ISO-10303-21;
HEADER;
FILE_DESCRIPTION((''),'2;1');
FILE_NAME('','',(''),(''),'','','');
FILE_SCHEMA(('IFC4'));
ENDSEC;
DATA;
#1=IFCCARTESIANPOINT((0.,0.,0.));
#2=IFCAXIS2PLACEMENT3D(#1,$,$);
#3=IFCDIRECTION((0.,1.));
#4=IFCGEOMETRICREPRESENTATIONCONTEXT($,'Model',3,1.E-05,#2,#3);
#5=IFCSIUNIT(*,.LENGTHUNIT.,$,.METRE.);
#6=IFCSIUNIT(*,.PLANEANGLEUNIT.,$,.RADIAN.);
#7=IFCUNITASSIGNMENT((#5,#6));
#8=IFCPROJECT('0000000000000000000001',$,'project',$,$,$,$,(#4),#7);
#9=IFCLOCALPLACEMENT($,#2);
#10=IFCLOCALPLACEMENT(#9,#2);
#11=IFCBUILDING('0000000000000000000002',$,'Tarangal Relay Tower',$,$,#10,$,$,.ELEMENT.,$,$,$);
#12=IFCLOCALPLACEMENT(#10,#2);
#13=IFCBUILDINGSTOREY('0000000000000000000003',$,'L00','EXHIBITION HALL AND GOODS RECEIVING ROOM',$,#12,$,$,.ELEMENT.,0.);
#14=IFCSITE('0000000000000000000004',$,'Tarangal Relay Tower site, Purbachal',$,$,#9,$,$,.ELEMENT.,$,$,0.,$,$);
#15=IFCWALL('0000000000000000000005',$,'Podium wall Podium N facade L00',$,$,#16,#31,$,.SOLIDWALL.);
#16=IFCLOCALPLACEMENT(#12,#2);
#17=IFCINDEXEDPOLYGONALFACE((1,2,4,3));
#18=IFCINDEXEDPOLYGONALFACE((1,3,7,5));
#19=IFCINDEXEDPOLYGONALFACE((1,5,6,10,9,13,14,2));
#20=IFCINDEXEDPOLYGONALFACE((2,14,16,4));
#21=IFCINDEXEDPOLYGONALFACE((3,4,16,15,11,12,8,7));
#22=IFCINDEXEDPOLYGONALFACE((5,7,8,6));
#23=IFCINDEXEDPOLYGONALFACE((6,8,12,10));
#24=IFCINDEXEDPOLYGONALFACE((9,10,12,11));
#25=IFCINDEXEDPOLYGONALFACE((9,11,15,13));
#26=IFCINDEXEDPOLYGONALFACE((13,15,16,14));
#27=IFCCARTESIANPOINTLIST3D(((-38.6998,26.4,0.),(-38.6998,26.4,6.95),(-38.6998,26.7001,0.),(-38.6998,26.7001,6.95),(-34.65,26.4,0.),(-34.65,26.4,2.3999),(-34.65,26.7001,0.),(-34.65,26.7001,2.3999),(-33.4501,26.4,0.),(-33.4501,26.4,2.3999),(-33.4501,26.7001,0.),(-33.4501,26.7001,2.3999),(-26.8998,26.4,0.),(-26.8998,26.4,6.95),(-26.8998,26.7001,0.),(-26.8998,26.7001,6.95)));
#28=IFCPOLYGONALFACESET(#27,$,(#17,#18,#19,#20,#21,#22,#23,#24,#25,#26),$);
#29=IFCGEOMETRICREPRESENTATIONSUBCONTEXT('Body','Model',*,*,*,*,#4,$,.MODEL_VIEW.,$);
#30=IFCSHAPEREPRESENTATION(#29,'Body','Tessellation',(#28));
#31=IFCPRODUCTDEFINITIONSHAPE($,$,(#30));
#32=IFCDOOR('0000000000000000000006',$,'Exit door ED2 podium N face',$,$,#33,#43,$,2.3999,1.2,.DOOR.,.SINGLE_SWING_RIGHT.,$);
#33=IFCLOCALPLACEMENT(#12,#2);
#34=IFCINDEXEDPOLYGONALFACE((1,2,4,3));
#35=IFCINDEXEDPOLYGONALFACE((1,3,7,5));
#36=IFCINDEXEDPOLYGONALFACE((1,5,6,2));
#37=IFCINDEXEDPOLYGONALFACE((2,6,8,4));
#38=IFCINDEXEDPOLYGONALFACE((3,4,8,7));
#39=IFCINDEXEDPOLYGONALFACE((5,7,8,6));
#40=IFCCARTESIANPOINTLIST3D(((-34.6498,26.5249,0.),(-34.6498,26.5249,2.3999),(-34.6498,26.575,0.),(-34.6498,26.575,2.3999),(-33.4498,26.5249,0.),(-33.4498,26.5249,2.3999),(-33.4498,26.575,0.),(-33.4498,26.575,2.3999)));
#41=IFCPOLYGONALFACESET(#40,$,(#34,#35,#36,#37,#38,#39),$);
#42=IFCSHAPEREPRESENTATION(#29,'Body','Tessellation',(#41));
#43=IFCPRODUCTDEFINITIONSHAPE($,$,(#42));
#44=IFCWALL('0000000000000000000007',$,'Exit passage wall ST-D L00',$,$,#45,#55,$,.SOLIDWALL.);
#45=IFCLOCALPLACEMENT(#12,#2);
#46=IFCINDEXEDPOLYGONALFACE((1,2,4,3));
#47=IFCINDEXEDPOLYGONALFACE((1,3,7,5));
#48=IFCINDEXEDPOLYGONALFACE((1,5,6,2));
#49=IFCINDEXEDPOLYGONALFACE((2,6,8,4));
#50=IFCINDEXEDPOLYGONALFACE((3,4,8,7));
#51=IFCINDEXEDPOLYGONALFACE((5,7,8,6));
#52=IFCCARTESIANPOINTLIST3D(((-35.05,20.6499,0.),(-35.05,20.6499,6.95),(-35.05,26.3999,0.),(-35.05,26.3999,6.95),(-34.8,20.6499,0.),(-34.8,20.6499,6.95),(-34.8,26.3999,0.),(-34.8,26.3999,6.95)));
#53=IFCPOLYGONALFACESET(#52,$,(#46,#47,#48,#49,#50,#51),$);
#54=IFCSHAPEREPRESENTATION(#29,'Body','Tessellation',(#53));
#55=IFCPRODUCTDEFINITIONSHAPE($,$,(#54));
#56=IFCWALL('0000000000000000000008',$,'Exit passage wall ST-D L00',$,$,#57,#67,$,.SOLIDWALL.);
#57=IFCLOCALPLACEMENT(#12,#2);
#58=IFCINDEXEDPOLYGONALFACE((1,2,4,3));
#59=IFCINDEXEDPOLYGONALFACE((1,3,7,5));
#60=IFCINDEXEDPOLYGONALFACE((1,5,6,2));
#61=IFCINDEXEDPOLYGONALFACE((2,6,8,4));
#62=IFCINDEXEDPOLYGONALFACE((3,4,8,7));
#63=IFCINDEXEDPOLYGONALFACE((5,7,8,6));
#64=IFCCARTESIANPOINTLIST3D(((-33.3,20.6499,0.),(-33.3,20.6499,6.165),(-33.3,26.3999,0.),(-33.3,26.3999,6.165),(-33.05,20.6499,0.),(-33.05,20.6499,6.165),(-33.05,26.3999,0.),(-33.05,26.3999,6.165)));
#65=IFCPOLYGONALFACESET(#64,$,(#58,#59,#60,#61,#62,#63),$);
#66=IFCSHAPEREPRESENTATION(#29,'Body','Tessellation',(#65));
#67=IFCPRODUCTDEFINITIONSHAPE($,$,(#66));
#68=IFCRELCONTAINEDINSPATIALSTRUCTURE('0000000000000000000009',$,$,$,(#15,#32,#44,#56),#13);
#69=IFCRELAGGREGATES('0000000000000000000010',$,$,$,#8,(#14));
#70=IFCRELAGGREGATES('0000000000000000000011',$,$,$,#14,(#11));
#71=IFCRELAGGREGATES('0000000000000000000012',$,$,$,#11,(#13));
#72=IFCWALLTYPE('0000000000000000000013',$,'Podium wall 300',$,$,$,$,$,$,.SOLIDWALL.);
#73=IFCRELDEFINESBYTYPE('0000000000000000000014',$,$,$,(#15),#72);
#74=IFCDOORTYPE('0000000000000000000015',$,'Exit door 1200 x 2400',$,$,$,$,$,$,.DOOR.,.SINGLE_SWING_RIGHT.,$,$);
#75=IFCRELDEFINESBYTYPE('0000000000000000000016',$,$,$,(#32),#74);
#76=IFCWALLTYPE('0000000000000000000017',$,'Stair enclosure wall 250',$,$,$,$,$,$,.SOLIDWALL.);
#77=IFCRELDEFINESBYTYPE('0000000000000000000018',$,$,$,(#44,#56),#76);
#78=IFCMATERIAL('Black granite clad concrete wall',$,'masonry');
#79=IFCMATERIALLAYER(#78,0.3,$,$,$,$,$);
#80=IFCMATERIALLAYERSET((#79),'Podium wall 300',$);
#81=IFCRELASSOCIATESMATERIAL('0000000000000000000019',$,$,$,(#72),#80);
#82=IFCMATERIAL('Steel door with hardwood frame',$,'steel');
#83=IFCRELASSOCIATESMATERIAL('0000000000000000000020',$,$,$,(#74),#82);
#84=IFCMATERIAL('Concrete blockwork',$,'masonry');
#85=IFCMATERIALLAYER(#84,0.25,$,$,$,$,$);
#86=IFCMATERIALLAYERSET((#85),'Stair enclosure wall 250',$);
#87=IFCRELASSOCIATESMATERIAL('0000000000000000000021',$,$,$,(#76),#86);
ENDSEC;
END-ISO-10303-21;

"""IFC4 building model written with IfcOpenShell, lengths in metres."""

from ifc_helpers import new_model, si_unit, direction, frame, frame_2d, origin, place, context, subcontext, project, spatial, rectangle, extrude, material, layer, layer_set, type_object, element, fill, save


model = new_model("IFC4")

# Units and contexts
model_context = context("Model", 3, precision=1e-05, world=origin(), true_north=direction((0.0, 1.0)))
body_context = subcontext(model_context, "Body", "Model", "MODEL_VIEW")
ifc_project = project(units=[si_unit("LENGTHUNIT", "METRE"), si_unit("PLANEANGLEUNIT", "RADIAN")], contexts=[model_context])

# Site, building, storey
site_placement = place(None, origin())
site = spatial("IfcSite", under=ifc_project, at=site_placement, Name="Tarangal Relay Tower site, Purbachal", CompositionType="ELEMENT", RefElevation=0.0)
building_placement = place(site_placement, origin())
building = spatial("IfcBuilding", under=site, at=building_placement, Name="Tarangal Relay Tower", CompositionType="ELEMENT")
storey_placement = place(building_placement, origin())
storey = spatial("IfcBuildingStorey", under=building, at=storey_placement, Name="L00", Description="EXHIBITION HALL AND GOODS RECEIVING ROOM", CompositionType="ELEMENT", Elevation=0.0)

# Wall, opening, door
ifc_material_1 = material(Name="Black granite clad concrete wall", Category="masonry")
ifc_layer_1 = layer(ifc_material_1, 0.3)
ifc_layer_set_1 = layer_set([ifc_layer_1], Name="Podium wall 300")
wall_type_1 = type_object("IfcWallType", Name="Podium wall 300", PredefinedType="SOLIDWALL", material=ifc_layer_set_1)
wall_1_placement = place(storey_placement, frame((-26.8999, 26.55, 0.0), z_axis=(0.0, 0.0, 1.0), x_axis=(-1.0, 0.0, 0.0)))
wall_1 = element("IfcWall", 1, at=wall_1_placement, inside=storey, type_object=wall_type_1, Name="Podium wall Podium N facade L00", PredefinedType="SOLIDWALL", context=body_context, shape_type="SweptSolid", body=[
    extrude(rectangle(XDim=11.8, YDim=0.3, at=frame_2d((5.8999, 0.0))), origin(), (0.0, 0.0, 1.0), 6.95),
])
opening_placement = place(wall_1_placement, frame((6.55, 0.0, 0.0)))
opening = element("IfcOpeningElement", 2, at=opening_placement, cuts=wall_1, PredefinedType="OPENING", context=body_context, shape_type="SweptSolid", body=[
    extrude(rectangle(XDim=1.2, YDim=2.3999, at=frame_2d((0.6001, 1.2))), frame((0.0, 0.1599, 0.0), z_axis=(0.0, -1.0, 0.0), x_axis=(1.0, 0.0, 0.0)), (0.0, 0.0, 1.0), 0.3201),
])
ifc_material_2 = material(Name="Steel door with hardwood frame", Category="steel")
door_type = type_object("IfcDoorType", Name="Exit door 1200 x 2400", OperationType="SINGLE_SWING_RIGHT", PredefinedType="DOOR", material=ifc_material_2)
door_placement = place(opening_placement, frame((1.2, 0.0, 0.0), z_axis=(0.0, 0.0, 1.0), x_axis=(-1.0, 0.0, 0.0)))
door = element("IfcDoor", 3, at=door_placement, inside=storey, type_object=door_type, Name="Exit door ED2 podium N face", OperationType="SINGLE_SWING_RIGHT", OverallHeight=2.3999, OverallWidth=1.2, PredefinedType="DOOR", context=body_context, shape_type="SweptSolid", body=[
    extrude(rectangle(XDim=1.2, YDim=2.3999, at=frame_2d((0.6001, 1.2))), frame((0.0, 0.0249, 0.0), z_axis=(0.0, -1.0, 0.0), x_axis=(1.0, 0.0, 0.0)), (0.0, 0.0, 1.0), 0.05),
])
fill(opening, door)

# Walls
ifc_material_3 = material(Name="Concrete blockwork", Category="masonry")
ifc_layer_2 = layer(ifc_material_3, 0.25)
ifc_layer_set_2 = layer_set([ifc_layer_2], Name="Stair enclosure wall 250")
wall_type_2 = type_object("IfcWallType", Name="Stair enclosure wall 250", PredefinedType="SOLIDWALL", material=ifc_layer_set_2)
wall_2_placement = place(storey_placement, frame((-34.925, 20.6499, 0.0), z_axis=(0.0, 0.0, 1.0), x_axis=(0.0, 1.0, 0.0)))
element("IfcWall", 4, at=wall_2_placement, inside=storey, type_object=wall_type_2, Name="Exit passage wall ST-D L00", PredefinedType="SOLIDWALL", context=body_context, shape_type="SweptSolid", body=[
    extrude(rectangle(XDim=5.75, YDim=0.25, at=frame_2d((2.875, 0.0))), origin(), (0.0, 0.0, 1.0), 6.95),
])
wall_3_placement = place(storey_placement, frame((-33.175, 20.6499, 0.0), z_axis=(0.0, 0.0, 1.0), x_axis=(0.0, 1.0, 0.0)))
element("IfcWall", 5, at=wall_3_placement, inside=storey, type_object=wall_type_2, Name="Exit passage wall ST-D L00", PredefinedType="SOLIDWALL", context=body_context, shape_type="SweptSolid", body=[
    extrude(rectangle(XDim=5.75, YDim=0.25, at=frame_2d((2.875, 0.0))), origin(), (0.0, 0.0, 1.0), 6.165),
])

save(model, "model.ifc")
